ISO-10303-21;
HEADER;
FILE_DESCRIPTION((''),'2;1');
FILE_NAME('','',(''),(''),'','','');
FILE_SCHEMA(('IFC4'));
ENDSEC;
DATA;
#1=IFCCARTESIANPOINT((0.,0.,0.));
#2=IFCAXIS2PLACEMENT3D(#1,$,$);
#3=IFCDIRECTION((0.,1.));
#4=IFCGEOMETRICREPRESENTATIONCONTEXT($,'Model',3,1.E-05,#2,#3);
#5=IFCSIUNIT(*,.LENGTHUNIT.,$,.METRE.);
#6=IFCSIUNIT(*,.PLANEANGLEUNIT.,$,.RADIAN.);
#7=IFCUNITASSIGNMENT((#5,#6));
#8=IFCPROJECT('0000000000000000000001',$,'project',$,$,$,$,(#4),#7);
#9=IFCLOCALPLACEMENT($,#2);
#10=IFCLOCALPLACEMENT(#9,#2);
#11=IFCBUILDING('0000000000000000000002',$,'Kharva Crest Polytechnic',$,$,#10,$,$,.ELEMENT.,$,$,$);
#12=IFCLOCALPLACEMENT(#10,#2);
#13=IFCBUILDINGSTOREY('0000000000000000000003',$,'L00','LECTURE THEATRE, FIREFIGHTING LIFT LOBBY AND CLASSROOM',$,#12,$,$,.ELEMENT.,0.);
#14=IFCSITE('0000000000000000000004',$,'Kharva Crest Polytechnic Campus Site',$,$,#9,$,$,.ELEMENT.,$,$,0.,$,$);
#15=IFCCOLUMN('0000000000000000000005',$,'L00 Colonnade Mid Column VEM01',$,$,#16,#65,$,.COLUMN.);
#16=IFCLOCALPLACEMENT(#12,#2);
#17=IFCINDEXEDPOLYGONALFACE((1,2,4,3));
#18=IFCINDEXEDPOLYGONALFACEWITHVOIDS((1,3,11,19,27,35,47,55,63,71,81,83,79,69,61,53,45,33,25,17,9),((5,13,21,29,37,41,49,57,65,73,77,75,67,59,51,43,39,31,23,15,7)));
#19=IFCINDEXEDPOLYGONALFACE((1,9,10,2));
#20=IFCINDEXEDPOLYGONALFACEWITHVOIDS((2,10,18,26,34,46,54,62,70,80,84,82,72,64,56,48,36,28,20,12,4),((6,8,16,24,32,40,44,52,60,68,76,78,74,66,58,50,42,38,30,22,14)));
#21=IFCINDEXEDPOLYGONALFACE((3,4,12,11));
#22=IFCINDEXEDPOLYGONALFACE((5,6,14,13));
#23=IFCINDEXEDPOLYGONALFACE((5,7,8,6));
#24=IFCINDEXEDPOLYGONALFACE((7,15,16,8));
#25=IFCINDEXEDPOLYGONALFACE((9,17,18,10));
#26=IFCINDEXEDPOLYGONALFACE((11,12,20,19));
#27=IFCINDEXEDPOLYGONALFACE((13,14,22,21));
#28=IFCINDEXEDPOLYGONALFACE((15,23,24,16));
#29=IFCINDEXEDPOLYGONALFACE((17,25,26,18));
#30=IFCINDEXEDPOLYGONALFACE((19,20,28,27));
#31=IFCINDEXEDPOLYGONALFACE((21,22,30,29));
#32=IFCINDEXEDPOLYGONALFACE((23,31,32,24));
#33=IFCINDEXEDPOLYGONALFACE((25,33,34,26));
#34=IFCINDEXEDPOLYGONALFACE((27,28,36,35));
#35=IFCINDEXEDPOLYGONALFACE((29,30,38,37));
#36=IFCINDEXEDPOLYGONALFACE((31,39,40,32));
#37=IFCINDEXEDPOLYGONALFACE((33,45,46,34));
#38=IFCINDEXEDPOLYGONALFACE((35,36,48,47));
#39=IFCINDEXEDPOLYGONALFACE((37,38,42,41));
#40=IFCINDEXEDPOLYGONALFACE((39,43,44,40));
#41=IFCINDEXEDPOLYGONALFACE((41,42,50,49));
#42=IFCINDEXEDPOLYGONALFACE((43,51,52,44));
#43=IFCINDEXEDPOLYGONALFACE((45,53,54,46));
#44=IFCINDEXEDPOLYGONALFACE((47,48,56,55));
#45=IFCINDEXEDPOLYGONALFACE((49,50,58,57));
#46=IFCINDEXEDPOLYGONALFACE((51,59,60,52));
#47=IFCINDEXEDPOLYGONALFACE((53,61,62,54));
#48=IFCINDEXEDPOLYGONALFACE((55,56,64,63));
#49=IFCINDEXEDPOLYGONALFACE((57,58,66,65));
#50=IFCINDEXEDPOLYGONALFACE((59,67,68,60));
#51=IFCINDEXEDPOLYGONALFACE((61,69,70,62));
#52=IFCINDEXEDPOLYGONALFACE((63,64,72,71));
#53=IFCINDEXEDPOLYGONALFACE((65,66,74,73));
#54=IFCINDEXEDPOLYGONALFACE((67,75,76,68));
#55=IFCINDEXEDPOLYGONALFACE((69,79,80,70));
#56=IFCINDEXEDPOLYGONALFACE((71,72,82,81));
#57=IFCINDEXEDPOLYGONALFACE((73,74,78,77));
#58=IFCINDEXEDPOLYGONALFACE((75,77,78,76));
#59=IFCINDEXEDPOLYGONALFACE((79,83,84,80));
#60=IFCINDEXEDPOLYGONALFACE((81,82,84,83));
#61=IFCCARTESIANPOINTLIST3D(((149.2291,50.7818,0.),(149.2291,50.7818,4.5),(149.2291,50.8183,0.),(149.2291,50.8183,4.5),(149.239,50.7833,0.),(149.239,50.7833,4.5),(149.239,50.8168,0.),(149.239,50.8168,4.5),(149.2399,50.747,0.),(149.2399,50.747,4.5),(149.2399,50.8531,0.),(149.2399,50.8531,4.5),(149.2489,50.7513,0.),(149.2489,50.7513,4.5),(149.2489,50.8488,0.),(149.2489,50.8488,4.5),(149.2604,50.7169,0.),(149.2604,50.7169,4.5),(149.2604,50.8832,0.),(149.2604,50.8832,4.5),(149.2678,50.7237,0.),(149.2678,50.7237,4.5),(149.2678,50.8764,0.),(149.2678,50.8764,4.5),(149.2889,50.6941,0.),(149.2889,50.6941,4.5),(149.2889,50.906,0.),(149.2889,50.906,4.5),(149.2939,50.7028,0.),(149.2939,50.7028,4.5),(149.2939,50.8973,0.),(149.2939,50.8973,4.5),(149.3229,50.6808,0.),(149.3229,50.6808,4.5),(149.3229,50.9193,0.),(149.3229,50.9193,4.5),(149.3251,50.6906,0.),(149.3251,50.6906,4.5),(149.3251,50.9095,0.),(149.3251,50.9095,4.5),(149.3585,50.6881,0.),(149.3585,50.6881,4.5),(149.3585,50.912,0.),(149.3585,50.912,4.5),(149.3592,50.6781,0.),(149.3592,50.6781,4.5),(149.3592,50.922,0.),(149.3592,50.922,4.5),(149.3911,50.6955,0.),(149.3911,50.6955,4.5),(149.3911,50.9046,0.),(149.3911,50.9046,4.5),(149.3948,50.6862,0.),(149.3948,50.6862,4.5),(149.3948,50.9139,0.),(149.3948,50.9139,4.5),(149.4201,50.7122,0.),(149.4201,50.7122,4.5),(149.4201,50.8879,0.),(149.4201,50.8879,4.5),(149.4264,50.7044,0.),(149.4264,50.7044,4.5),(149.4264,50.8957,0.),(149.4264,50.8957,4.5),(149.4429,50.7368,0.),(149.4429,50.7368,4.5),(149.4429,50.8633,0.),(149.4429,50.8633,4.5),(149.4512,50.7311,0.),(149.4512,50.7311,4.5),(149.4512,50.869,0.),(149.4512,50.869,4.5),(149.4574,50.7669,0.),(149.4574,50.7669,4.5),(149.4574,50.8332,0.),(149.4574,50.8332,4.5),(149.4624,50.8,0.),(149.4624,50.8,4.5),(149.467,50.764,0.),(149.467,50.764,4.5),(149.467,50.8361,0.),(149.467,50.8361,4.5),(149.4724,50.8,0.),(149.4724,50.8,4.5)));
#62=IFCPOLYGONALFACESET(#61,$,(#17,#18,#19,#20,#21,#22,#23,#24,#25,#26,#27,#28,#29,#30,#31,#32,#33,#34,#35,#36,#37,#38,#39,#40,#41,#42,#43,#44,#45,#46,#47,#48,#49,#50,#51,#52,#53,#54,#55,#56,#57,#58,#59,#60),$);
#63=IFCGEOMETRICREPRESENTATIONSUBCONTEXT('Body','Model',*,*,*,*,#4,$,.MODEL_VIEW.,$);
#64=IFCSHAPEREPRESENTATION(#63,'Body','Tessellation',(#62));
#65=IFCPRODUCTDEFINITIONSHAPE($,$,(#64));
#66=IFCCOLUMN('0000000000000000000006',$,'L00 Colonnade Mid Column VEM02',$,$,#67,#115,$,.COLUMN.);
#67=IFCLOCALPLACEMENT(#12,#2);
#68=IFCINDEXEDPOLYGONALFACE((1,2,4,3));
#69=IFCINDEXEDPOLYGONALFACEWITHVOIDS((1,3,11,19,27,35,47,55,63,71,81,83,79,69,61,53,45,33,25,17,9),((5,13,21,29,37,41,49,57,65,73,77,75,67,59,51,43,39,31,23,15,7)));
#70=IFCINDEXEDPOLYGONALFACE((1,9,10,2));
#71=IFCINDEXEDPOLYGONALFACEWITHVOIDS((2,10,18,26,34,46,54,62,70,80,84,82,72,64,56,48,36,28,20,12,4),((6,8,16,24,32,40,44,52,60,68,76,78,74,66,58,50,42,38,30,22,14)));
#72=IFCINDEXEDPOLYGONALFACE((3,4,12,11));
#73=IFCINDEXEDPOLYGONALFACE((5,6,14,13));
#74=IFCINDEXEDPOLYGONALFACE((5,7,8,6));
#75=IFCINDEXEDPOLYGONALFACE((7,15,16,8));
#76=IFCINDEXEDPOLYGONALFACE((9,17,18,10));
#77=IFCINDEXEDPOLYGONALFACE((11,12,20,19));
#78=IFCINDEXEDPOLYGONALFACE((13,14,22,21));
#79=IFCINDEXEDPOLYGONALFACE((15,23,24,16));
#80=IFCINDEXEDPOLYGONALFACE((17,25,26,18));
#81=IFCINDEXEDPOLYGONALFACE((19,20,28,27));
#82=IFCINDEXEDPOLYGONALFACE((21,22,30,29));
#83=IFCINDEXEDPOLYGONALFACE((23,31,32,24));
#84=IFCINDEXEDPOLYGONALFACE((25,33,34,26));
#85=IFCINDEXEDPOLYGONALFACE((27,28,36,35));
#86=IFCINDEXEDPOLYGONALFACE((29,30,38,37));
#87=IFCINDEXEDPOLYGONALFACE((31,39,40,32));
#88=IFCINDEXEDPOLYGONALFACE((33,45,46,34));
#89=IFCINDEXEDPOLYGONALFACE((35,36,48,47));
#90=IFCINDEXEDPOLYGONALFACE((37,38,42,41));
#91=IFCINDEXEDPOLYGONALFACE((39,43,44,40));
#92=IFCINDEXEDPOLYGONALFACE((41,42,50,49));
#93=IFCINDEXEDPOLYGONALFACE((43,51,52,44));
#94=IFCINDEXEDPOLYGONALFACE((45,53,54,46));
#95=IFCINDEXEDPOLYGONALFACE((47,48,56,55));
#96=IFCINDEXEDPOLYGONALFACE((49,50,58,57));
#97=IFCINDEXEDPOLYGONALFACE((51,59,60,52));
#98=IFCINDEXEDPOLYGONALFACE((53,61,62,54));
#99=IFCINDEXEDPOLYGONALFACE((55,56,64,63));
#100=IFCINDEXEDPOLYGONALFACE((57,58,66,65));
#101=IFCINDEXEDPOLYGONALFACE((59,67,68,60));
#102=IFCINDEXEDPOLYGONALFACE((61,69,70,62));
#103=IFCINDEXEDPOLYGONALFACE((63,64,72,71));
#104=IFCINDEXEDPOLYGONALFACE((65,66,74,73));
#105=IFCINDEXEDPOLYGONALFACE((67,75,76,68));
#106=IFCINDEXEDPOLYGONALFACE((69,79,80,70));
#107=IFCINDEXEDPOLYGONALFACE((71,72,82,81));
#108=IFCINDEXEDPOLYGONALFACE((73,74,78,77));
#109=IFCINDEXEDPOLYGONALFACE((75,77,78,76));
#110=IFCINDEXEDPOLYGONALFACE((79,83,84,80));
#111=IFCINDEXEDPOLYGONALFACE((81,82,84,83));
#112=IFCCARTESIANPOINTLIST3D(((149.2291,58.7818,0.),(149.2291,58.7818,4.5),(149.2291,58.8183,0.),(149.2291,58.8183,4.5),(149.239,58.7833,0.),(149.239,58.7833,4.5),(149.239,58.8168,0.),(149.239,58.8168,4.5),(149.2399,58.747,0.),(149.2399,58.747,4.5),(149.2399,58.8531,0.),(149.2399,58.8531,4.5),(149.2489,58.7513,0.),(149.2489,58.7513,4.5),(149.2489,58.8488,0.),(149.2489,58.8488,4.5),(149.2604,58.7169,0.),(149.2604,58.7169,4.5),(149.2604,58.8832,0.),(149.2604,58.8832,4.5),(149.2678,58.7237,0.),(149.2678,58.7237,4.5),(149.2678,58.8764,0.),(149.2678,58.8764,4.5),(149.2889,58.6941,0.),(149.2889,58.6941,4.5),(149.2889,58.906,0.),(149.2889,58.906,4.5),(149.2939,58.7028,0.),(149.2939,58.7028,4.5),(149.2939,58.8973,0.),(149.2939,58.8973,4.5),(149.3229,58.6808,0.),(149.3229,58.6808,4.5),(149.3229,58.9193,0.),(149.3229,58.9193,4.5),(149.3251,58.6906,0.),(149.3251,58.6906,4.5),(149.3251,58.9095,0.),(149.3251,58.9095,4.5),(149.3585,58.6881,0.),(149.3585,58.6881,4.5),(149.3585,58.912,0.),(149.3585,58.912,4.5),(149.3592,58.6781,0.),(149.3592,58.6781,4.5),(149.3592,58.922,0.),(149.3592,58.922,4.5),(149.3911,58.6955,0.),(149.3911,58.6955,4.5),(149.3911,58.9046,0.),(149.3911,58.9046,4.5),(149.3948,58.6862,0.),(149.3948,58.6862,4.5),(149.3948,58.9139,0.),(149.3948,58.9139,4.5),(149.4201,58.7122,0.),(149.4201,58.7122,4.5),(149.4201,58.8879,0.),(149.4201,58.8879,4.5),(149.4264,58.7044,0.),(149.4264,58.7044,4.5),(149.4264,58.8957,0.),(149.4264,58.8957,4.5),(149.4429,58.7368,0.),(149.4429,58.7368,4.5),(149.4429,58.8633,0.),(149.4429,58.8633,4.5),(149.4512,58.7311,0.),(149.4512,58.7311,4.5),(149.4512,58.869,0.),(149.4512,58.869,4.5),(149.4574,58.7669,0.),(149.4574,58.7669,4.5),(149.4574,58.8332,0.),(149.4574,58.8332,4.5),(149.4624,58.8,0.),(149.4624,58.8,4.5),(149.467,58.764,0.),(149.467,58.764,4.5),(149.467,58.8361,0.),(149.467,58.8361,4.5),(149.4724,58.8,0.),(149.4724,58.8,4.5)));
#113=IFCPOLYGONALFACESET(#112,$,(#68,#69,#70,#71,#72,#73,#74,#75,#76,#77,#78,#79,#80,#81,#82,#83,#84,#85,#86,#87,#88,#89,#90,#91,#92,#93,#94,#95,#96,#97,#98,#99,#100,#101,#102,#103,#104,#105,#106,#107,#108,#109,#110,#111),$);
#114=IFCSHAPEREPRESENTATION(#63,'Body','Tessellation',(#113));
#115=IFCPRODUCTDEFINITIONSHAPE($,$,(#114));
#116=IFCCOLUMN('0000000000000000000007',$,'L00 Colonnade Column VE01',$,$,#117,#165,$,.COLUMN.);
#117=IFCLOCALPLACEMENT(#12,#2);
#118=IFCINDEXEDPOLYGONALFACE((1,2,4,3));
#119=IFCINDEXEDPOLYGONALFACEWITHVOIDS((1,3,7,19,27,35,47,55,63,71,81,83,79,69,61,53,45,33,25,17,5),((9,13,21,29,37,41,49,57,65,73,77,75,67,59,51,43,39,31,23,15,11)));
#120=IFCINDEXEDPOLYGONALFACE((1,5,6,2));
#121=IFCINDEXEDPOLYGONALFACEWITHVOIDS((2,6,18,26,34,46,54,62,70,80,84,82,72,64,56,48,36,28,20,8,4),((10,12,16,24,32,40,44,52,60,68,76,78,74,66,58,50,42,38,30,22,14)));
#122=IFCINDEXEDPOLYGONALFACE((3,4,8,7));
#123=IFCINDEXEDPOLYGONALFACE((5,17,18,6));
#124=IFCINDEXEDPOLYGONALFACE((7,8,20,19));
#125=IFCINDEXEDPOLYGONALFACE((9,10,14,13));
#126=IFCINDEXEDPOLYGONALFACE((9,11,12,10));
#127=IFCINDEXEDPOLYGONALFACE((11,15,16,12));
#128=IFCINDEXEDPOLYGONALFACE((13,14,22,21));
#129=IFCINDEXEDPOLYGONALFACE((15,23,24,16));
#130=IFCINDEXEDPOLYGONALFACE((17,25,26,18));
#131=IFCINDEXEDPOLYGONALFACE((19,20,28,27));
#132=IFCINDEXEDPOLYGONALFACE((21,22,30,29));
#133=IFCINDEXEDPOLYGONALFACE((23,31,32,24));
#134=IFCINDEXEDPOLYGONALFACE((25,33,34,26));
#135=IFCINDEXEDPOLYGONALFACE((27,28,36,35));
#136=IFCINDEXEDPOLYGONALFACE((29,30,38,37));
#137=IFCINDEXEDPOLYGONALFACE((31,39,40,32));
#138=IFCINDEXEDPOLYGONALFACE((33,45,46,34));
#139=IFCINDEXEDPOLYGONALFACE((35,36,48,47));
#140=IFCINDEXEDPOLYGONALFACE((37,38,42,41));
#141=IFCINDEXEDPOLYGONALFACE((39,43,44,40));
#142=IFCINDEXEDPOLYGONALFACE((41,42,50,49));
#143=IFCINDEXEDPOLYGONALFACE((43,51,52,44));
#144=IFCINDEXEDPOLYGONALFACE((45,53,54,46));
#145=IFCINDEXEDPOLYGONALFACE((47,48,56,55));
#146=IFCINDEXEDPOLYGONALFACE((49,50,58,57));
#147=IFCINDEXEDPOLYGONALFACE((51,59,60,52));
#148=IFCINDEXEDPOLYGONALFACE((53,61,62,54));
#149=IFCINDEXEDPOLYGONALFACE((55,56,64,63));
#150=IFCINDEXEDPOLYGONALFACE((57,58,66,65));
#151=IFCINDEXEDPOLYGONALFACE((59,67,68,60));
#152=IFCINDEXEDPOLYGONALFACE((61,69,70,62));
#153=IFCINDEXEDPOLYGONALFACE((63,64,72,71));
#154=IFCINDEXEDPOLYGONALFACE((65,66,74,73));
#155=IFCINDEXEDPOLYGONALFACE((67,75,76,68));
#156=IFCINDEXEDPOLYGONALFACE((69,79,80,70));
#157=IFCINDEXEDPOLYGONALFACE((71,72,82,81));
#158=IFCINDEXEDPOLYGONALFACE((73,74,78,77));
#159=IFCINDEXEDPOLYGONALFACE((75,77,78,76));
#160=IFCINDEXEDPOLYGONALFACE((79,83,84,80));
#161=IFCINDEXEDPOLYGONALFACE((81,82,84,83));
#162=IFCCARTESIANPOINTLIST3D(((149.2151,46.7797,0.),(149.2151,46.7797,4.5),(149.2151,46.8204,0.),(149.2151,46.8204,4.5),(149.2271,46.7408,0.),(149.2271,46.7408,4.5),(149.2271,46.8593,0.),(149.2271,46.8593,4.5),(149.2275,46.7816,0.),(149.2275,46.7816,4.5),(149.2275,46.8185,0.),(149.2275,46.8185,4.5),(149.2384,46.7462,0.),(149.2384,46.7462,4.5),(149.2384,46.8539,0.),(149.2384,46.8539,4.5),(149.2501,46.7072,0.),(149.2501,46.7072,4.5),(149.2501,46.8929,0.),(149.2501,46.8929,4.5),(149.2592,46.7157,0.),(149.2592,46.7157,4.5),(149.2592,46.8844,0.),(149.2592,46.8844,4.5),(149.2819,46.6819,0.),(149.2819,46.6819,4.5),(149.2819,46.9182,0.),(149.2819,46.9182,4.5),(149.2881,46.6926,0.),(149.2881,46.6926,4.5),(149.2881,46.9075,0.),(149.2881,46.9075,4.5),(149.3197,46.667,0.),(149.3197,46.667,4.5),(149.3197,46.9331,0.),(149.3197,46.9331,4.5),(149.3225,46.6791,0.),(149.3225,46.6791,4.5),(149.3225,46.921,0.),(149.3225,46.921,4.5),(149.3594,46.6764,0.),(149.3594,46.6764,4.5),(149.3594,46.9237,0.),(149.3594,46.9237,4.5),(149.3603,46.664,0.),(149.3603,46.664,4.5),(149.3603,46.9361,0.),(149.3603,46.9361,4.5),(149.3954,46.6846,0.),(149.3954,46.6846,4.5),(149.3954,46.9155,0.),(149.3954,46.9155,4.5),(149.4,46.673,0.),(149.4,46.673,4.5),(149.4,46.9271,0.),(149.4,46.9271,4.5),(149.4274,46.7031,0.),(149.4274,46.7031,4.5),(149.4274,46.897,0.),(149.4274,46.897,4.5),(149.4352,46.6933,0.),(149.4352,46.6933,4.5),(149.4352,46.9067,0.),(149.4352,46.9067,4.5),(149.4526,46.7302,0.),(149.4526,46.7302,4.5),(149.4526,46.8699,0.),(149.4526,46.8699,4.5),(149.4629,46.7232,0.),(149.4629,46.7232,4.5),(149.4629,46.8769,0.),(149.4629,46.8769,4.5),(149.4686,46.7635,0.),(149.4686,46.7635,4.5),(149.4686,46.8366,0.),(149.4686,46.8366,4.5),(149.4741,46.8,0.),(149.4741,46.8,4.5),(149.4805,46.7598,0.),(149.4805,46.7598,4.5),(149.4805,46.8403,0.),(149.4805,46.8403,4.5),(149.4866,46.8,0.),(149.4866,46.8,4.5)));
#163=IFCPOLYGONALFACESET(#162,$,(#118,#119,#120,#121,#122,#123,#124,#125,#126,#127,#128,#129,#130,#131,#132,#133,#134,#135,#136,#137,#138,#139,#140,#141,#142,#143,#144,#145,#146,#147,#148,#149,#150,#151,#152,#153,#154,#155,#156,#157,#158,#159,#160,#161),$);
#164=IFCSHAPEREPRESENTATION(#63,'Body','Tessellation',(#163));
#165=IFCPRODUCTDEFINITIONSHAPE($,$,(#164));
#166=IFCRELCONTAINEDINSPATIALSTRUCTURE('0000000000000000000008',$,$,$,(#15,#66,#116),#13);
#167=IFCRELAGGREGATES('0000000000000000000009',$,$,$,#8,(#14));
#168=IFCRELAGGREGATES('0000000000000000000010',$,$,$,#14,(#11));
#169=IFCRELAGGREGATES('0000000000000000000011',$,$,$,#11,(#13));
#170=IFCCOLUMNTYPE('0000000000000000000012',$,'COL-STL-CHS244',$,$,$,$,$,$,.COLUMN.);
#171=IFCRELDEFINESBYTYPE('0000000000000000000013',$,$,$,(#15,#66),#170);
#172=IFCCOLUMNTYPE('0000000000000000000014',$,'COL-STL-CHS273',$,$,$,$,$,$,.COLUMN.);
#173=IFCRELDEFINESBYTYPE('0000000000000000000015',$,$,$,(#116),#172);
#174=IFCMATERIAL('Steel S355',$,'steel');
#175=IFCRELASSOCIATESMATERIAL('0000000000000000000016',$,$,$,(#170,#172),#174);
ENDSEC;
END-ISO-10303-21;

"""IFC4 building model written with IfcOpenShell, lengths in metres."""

from ifc_helpers import new_model, si_unit, direction, frame, origin, origin_2d, place, context, subcontext, project, spatial, hollow_circle, extrude, material, material_profile, profile_set, type_object, element, save


model = new_model("IFC4")

# Units and contexts
model_context = context("Model", 3, precision=1e-05, world=origin(), true_north=direction((0.0, 1.0)))
body_context = subcontext(model_context, "Body", "Model", "MODEL_VIEW")
ifc_project = project(units=[si_unit("LENGTHUNIT", "METRE"), si_unit("PLANEANGLEUNIT", "RADIAN")], contexts=[model_context])

# Site, building, storey
site_placement = place(None, origin())
site = spatial("IfcSite", under=ifc_project, at=site_placement, Name="Kharva Crest Polytechnic Campus Site", CompositionType="ELEMENT", RefElevation=0.0)
building_placement = place(site_placement, origin())
building = spatial("IfcBuilding", under=site, at=building_placement, Name="Kharva Crest Polytechnic", CompositionType="ELEMENT")
storey_placement = place(building_placement, origin())
storey = spatial("IfcBuildingStorey", under=building, at=storey_placement, Name="L00", Description="LECTURE THEATRE, FIREFIGHTING LIFT LOBBY AND CLASSROOM", CompositionType="ELEMENT", Elevation=0.0)

# Columns
ifc_material_1 = material(Name="Steel S355", Category="steel")
ifc_material_profile_1 = material_profile(ifc_material_1, hollow_circle(Radius=0.1223, WallThickness=0.01, at=origin_2d()), Name="CHS 244.5X10.0")
ifc_profile_set_1 = profile_set([ifc_material_profile_1], Name="Steel S355")
column_type_1 = type_object("IfcColumnType", Name="COL-STL-CHS244", PredefinedType="COLUMN", material=ifc_profile_set_1)
for number, where, z_axis, x_axis, name in (
    (1, (149.3501, 50.8, 0.0), (0.0, 0.0, 1.0), (1.0, 0.0, 0.0), "L00 Colonnade Mid Column VEM01"),
    (2, (149.3501, 58.8, 0.0), (0.0, 0.0, 1.0), (1.0, 0.0, 0.0), "L00 Colonnade Mid Column VEM02"),
):
    element("IfcColumn", number, at=place(storey_placement, frame(where, z_axis=z_axis, x_axis=x_axis)), inside=storey, type_object=column_type_1, Name=name, PredefinedType="COLUMN", context=body_context, shape_type="SweptSolid", body=[
        extrude(hollow_circle(Radius=0.1223, WallThickness=0.01, at=origin_2d()), origin(), (0.0, 0.0, 1.0), 4.5),
    ])
ifc_material_profile_2 = material_profile(ifc_material_1, hollow_circle(Radius=0.1365, WallThickness=0.0125, at=origin_2d()), Name="CHS 273.0X12.5")
ifc_profile_set_2 = profile_set([ifc_material_profile_2], Name="Steel S355")
column_type_2 = type_object("IfcColumnType", Name="COL-STL-CHS273", PredefinedType="COLUMN", material=ifc_profile_set_2)
for number, where, z_axis, x_axis, name in (
    (3, (149.3501, 46.8, 0.0), (0.0, 0.0, 1.0), (1.0, 0.0, 0.0), "L00 Colonnade Column VE01"),
):
    element("IfcColumn", number, at=place(storey_placement, frame(where, z_axis=z_axis, x_axis=x_axis)), inside=storey, type_object=column_type_2, Name=name, PredefinedType="COLUMN", context=body_context, shape_type="SweptSolid", body=[
        extrude(hollow_circle(Radius=0.1365, WallThickness=0.0125, at=origin_2d()), origin(), (0.0, 0.0, 1.0), 4.5),
    ])

save(model, "model.ifc")
